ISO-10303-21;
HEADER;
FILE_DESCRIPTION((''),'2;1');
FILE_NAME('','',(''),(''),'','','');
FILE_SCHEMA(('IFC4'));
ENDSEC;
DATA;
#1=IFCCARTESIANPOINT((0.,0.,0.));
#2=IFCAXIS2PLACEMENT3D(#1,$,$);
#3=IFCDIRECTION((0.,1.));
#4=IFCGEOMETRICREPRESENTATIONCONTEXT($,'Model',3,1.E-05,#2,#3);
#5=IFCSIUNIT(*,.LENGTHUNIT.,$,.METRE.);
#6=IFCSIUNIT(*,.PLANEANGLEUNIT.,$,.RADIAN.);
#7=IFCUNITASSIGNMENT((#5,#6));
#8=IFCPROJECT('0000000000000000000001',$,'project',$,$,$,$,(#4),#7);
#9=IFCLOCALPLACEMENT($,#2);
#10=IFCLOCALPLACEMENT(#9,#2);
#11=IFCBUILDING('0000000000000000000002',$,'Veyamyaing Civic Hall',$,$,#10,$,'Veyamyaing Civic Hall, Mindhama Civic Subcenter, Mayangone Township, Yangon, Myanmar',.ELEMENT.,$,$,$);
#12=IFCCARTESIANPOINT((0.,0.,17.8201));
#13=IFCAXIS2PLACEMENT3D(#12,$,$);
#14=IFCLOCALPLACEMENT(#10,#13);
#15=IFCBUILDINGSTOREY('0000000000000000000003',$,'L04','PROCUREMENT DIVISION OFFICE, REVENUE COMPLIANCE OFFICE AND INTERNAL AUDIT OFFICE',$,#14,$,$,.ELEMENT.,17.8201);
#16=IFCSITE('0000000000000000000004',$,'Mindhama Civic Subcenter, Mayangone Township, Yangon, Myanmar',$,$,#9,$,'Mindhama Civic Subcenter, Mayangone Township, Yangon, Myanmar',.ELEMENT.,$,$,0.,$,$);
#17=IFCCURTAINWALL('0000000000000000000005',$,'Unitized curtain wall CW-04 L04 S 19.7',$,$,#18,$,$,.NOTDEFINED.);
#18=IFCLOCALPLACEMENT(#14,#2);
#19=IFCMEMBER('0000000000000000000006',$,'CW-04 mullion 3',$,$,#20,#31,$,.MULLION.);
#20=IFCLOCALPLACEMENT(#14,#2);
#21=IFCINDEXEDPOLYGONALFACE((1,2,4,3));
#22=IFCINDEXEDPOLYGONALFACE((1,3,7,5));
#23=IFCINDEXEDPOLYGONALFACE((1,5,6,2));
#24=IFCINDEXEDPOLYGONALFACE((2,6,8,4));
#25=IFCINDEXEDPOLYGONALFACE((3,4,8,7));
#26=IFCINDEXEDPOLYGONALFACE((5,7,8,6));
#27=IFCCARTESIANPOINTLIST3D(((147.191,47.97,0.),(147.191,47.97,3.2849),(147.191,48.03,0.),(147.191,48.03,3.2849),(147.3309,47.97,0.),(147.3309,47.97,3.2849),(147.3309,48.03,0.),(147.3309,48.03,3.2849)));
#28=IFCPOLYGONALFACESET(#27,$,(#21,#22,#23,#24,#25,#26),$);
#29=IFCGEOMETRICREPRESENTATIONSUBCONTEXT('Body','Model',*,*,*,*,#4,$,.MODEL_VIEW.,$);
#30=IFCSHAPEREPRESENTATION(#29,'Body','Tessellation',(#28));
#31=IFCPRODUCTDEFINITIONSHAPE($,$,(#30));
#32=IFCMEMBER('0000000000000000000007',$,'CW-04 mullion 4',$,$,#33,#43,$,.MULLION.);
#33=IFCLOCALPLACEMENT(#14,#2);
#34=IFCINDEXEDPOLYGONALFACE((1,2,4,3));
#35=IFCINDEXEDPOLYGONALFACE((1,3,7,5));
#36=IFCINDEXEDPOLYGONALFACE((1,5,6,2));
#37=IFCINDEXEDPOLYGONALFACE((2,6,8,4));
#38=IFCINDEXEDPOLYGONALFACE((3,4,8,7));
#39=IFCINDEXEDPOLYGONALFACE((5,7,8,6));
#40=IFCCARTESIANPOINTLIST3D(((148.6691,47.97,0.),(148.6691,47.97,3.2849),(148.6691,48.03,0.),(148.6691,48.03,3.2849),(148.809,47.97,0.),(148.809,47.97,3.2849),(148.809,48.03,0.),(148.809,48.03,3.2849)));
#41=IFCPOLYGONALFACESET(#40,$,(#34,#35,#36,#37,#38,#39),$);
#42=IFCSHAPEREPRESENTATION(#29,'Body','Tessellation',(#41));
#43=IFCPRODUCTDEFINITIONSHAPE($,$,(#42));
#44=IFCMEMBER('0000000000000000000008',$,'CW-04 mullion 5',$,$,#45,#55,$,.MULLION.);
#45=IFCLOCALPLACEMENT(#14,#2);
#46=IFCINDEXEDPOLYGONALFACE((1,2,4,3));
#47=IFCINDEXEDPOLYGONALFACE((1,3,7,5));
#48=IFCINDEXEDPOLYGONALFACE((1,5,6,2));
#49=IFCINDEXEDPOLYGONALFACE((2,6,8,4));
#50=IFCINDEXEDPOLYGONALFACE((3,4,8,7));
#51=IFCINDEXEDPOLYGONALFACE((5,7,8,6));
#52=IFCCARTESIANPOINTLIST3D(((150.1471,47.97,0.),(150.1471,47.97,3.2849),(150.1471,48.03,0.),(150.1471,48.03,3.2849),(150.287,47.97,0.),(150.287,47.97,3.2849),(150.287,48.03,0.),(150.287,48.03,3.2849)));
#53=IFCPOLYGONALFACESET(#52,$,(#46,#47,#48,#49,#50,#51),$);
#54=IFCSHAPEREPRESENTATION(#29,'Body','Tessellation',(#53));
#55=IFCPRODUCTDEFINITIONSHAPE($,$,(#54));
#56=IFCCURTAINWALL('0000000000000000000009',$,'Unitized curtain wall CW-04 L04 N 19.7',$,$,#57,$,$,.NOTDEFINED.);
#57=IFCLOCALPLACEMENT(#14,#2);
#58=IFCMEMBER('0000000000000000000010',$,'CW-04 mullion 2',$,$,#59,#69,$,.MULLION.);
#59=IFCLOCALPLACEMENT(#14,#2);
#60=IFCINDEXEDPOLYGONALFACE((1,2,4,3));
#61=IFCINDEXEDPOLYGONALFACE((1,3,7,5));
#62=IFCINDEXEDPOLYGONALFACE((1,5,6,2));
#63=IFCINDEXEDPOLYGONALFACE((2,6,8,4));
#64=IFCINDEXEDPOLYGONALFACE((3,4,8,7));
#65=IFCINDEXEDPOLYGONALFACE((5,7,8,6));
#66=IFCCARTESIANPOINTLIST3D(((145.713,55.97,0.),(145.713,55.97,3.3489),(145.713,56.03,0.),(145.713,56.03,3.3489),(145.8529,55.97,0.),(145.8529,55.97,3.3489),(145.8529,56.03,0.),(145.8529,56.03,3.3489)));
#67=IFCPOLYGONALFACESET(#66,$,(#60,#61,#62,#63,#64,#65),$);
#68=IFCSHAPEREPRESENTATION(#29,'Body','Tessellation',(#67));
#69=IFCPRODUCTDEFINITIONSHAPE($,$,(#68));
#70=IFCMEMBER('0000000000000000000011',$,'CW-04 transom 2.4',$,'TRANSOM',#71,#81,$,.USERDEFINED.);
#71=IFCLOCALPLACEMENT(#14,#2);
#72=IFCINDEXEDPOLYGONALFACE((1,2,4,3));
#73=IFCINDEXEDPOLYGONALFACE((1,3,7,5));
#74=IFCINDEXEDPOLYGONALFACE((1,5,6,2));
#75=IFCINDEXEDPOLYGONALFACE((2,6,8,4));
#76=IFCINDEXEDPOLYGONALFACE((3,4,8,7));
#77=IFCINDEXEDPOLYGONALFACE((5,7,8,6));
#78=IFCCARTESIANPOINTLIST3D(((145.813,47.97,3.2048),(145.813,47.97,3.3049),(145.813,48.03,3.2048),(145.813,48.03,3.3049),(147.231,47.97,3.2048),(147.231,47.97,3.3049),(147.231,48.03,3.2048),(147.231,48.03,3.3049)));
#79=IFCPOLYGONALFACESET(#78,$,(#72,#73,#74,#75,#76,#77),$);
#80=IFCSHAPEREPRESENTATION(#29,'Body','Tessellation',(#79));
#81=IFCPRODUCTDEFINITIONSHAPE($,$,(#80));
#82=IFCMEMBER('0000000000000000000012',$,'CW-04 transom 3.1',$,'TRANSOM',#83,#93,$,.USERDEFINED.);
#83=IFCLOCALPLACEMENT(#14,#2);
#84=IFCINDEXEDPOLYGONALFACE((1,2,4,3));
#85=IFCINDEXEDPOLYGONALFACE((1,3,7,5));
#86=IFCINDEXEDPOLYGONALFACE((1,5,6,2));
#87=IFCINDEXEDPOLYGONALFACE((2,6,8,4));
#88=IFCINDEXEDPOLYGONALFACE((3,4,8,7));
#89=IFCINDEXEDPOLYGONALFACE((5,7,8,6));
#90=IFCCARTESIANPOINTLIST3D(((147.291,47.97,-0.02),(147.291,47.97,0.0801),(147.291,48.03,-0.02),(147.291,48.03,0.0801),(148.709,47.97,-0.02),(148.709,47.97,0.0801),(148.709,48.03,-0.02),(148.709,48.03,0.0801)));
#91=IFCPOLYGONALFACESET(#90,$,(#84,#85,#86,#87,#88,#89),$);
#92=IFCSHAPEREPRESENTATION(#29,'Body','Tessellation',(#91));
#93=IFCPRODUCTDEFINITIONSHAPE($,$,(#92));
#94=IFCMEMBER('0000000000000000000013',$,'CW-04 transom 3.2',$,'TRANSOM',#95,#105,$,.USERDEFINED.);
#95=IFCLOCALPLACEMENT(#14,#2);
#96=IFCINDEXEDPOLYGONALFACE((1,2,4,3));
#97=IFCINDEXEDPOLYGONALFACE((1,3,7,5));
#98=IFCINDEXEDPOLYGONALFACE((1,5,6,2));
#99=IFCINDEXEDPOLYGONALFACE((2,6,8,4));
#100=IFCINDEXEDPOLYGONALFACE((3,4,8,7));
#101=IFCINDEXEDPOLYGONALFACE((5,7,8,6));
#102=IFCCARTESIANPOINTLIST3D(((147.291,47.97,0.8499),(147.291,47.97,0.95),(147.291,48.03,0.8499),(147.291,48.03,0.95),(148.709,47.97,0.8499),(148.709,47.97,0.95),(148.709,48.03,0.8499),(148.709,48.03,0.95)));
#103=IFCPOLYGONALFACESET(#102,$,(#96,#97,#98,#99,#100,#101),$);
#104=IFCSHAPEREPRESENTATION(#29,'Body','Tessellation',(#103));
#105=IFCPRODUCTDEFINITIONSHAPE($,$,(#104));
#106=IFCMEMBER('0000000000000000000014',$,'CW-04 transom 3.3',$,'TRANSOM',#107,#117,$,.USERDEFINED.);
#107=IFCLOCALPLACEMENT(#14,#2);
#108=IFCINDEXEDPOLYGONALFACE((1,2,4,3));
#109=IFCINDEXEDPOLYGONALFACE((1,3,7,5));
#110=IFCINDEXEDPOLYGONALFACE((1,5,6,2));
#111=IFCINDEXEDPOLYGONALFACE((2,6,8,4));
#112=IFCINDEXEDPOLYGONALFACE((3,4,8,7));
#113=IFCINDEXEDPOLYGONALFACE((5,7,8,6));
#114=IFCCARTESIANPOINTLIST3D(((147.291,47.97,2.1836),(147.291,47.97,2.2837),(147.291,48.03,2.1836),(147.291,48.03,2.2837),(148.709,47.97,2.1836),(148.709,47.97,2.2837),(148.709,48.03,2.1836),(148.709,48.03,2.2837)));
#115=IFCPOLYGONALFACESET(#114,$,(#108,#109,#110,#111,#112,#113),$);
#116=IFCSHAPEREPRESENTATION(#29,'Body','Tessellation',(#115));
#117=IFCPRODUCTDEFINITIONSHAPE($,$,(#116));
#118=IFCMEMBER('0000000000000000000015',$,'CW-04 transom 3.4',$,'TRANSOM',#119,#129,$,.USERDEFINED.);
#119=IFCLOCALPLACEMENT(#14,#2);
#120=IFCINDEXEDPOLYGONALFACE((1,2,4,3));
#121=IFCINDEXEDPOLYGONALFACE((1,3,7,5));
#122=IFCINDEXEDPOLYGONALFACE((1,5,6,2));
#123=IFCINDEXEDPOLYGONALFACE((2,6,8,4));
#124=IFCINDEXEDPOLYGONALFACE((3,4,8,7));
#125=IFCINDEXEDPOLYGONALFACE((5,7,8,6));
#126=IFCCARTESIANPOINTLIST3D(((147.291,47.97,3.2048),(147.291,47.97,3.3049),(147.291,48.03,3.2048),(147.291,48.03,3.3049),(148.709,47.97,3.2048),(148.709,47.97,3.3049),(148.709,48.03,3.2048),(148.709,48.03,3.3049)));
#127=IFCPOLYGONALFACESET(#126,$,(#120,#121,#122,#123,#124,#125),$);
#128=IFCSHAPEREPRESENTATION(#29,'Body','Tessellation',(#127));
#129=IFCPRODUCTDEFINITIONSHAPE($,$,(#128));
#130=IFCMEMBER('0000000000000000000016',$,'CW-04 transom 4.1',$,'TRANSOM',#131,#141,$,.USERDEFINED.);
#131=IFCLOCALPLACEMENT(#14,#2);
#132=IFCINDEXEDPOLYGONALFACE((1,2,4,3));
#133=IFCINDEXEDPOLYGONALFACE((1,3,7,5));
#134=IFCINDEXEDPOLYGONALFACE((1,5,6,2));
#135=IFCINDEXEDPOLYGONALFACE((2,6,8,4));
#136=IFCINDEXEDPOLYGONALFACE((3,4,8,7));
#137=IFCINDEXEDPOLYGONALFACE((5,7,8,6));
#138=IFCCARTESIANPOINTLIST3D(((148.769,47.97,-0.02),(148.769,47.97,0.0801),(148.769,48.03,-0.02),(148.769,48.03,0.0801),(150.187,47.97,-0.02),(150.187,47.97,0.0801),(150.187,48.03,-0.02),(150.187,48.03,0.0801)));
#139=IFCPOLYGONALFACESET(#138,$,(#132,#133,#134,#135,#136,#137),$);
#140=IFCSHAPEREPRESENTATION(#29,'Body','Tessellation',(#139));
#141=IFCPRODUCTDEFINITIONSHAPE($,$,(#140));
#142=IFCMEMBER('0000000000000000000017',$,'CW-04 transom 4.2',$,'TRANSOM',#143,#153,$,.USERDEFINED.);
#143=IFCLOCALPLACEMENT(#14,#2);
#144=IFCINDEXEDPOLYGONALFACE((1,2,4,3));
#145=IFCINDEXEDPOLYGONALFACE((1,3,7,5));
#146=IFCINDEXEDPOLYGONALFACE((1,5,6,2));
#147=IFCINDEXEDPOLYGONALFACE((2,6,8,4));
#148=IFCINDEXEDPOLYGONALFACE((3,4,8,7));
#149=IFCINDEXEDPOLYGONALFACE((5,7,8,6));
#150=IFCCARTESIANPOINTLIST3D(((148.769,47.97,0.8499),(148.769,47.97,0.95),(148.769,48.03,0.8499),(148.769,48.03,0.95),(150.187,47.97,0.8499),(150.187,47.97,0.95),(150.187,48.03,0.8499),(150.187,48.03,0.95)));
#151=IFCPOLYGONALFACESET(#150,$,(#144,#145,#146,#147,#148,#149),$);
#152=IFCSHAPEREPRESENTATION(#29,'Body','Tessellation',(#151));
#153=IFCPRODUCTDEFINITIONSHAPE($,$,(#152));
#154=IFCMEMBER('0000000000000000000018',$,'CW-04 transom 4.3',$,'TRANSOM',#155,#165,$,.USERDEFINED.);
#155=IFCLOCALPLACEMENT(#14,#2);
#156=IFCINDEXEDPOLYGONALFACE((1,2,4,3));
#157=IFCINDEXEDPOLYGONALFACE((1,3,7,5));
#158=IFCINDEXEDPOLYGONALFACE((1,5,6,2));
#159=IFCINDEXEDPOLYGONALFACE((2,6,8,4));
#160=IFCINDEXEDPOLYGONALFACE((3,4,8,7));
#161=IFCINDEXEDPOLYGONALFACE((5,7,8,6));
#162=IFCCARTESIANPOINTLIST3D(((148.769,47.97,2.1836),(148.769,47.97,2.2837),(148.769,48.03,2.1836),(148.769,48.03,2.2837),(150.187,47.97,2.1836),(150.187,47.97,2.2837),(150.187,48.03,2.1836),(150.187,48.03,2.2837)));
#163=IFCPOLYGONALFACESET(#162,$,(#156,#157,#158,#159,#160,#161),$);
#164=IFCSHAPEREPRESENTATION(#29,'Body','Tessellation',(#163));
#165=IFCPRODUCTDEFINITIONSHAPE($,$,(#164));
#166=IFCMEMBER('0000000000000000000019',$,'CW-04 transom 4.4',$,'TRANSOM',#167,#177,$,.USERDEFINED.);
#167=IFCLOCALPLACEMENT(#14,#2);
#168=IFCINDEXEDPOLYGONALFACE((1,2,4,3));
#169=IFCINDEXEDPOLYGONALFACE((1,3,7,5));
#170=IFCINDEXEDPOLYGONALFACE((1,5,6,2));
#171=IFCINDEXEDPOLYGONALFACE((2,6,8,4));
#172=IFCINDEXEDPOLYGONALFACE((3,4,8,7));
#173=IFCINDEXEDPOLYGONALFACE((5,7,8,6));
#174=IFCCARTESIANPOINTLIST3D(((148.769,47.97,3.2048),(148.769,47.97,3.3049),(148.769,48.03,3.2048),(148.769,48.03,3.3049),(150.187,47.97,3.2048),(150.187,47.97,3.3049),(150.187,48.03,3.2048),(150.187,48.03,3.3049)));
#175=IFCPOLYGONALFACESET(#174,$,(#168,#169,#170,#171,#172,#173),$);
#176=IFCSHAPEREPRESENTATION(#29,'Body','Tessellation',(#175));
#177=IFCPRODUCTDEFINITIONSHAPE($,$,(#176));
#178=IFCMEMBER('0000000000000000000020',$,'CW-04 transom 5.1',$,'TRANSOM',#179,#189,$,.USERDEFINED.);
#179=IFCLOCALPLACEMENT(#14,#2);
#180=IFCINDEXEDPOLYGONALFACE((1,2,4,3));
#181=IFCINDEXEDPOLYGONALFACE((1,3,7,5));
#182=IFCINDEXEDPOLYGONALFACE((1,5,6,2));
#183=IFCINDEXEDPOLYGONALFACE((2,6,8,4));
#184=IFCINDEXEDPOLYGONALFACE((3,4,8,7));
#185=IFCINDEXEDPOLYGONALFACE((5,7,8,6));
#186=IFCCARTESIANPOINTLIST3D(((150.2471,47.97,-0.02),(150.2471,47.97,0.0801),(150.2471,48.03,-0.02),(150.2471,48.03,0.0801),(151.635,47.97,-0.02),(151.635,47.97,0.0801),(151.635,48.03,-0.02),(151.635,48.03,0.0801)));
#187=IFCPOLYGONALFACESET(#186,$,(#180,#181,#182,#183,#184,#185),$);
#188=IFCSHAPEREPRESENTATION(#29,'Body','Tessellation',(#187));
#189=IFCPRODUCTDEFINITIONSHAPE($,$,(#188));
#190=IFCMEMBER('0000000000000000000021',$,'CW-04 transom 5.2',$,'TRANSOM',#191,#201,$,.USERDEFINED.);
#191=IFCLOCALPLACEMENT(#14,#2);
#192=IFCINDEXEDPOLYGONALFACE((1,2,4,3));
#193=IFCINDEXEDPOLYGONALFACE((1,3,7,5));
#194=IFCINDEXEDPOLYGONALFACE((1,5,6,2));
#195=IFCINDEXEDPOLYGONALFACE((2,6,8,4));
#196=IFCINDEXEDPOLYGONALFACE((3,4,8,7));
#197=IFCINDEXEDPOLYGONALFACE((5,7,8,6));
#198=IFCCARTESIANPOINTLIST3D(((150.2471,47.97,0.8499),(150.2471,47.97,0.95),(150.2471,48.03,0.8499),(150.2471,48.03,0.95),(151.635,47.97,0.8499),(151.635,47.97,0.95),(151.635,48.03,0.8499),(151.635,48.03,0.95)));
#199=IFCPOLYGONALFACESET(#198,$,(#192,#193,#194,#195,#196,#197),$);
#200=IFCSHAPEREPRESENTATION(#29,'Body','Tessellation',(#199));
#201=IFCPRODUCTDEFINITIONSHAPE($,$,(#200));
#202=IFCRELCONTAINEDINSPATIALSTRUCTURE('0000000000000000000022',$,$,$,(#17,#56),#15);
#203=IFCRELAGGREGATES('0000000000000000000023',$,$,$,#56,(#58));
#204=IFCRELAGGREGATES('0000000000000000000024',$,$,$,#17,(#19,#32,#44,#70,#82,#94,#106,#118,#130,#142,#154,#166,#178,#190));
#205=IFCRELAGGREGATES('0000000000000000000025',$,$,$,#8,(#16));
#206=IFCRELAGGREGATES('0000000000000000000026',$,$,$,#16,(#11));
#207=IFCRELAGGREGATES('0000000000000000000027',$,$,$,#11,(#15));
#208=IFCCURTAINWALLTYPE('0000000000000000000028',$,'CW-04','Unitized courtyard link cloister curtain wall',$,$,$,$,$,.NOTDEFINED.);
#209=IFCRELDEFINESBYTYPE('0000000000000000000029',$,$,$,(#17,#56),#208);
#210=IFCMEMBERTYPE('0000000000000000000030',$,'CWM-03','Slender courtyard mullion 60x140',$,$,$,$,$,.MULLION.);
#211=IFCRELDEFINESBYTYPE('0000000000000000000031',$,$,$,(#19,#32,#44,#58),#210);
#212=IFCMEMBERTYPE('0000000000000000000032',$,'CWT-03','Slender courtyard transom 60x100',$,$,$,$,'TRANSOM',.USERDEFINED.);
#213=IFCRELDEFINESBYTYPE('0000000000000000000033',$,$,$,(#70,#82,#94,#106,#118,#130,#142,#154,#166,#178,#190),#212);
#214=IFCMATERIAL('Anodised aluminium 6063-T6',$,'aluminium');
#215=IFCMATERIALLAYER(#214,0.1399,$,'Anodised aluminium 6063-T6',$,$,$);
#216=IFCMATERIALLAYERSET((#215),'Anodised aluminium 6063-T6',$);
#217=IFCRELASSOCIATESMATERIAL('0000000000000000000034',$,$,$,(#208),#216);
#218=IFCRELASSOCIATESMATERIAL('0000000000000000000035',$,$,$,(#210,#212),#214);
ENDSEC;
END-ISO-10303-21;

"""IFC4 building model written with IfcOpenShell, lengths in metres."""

from ifc_helpers import new_model, si_unit, direction, frame, origin, origin_2d, place, context, subcontext, project, spatial, rectangle, extrude, material, layer, layer_set, material_profile, profile_set, type_object, element, aggregate, save


model = new_model("IFC4")

# Units and contexts
model_context = context("Model", 3, precision=1e-05, world=origin(), true_north=direction((0.0, 1.0)))
body_context = subcontext(model_context, "Body", "Model", "MODEL_VIEW")
ifc_project = project(units=[si_unit("LENGTHUNIT", "METRE"), si_unit("PLANEANGLEUNIT", "RADIAN")], contexts=[model_context])

# Site, building, storey
site_placement = place(None, origin())
site = spatial("IfcSite", under=ifc_project, at=site_placement, Name="Mindhama Civic Subcenter, Mayangone Township, Yangon, Myanmar", LongName="Mindhama Civic Subcenter, Mayangone Township, Yangon, Myanmar", CompositionType="ELEMENT", RefElevation=0.0)
building_placement = place(site_placement, origin())
building = spatial("IfcBuilding", under=site, at=building_placement, Name="Veyamyaing Civic Hall", LongName="Veyamyaing Civic Hall, Mindhama Civic Subcenter, Mayangone Township, Yangon, Myanmar", CompositionType="ELEMENT")
storey_placement = place(building_placement, frame((0.0, 0.0, 17.8201)))
storey = spatial("IfcBuildingStorey", under=building, at=storey_placement, Name="L04", Description="PROCUREMENT DIVISION OFFICE, REVENUE COMPLIANCE OFFICE AND INTERNAL AUDIT OFFICE", CompositionType="ELEMENT", Elevation=17.8201)

# Curtain wall, members
ifc_material_1 = material(Name="Anodised aluminium 6063-T6", Category="aluminium")
ifc_layer_1 = layer(ifc_material_1, 0.1399, Name="Anodised aluminium 6063-T6")
ifc_layer_set_1 = layer_set([ifc_layer_1], Name="Anodised aluminium 6063-T6")
curtain_wall_type = type_object("IfcCurtainWallType", Name="CW-04", Description="Unitized courtyard link cloister curtain wall", PredefinedType="NOTDEFINED", material=ifc_layer_set_1)
curtain_wall_1_placement = place(storey_placement, origin())
curtain_wall_1 = element("IfcCurtainWall", 1, at=curtain_wall_1_placement, inside=storey, type_object=curtain_wall_type, Name="Unitized curtain wall CW-04 L04 S 19.7", PredefinedType="NOTDEFINED")
ifc_material_profile_1 = material_profile(ifc_material_1, rectangle(XDim=0.0601, YDim=0.1399, at=origin_2d()), Name="ALU-MUL-60X140")
ifc_profile_set_1 = profile_set([ifc_material_profile_1], Name="Anodised aluminium 6063-T6")
member_type_1 = type_object("IfcMemberType", Name="CWM-03", Description="Slender courtyard mullion 60x140", PredefinedType="MULLION", material=ifc_profile_set_1)
member_1_placement = place(storey_placement, frame((147.261, 48.0, 0.0), z_axis=(0.0, 0.0, 1.0), x_axis=(0.0, 1.0, 0.0)))
member_1 = element("IfcMember", 2, at=member_1_placement, type_object=member_type_1, Name="CW-04 mullion 3", PredefinedType="MULLION", context=body_context, shape_type="SweptSolid", body=[
    extrude(rectangle(XDim=0.0601, YDim=0.1399, at=origin_2d()), origin(), (0.0, 0.0, 1.0), 3.2849),
])
member_2_placement = place(storey_placement, frame((148.739, 48.0, 0.0), z_axis=(0.0, 0.0, 1.0), x_axis=(0.0, 1.0, 0.0)))
member_2 = element("IfcMember", 3, at=member_2_placement, type_object=member_type_1, Name="CW-04 mullion 4", PredefinedType="MULLION", context=body_context, shape_type="SweptSolid", body=[
    extrude(rectangle(XDim=0.0601, YDim=0.1399, at=origin_2d()), origin(), (0.0, 0.0, 1.0), 3.2849),
])
member_3_placement = place(storey_placement, frame((150.217, 48.0, 0.0), z_axis=(0.0, 0.0, 1.0), x_axis=(0.0, 1.0, 0.0)))
member_3 = element("IfcMember", 4, at=member_3_placement, type_object=member_type_1, Name="CW-04 mullion 5", PredefinedType="MULLION", context=body_context, shape_type="SweptSolid", body=[
    extrude(rectangle(XDim=0.0601, YDim=0.1399, at=origin_2d()), origin(), (0.0, 0.0, 1.0), 3.2849),
])

# Curtain wall, member
curtain_wall_2_placement = place(storey_placement, origin())
curtain_wall_2 = element("IfcCurtainWall", 5, at=curtain_wall_2_placement, inside=storey, type_object=curtain_wall_type, Name="Unitized curtain wall CW-04 L04 N 19.7", PredefinedType="NOTDEFINED")
member_4_placement = place(storey_placement, frame((145.783, 56.0, 0.0), z_axis=(0.0, 0.0, 1.0), x_axis=(0.0, 1.0, 0.0)))
member_4 = element("IfcMember", 6, at=member_4_placement, type_object=member_type_1, Name="CW-04 mullion 2", PredefinedType="MULLION", context=body_context, shape_type="SweptSolid", body=[
    extrude(rectangle(XDim=0.0601, YDim=0.1399, at=origin_2d()), origin(), (0.0, 0.0, 1.0), 3.3489),
])
aggregate(curtain_wall_2, [member_4])

# Members
ifc_material_profile_2 = material_profile(ifc_material_1, rectangle(XDim=0.0601, YDim=0.1001, at=origin_2d()), Name="ALU-TRN-60X100")
ifc_profile_set_2 = profile_set([ifc_material_profile_2], Name="Anodised aluminium 6063-T6")
member_type_2 = type_object("IfcMemberType", Name="CWT-03", Description="Slender courtyard transom 60x100", ElementType="TRANSOM", PredefinedType="USERDEFINED", material=ifc_profile_set_2)
member_5_placement = place(storey_placement, frame((145.813, 48.0, 3.2549), z_axis=(1.0, 0.0, 0.0), x_axis=(0.0, 1.0, 0.0)))
member_5 = element("IfcMember", 7, at=member_5_placement, type_object=member_type_2, Name="CW-04 transom 2.4", ObjectType="TRANSOM", PredefinedType="USERDEFINED", context=body_context, shape_type="SweptSolid", body=[
    extrude(rectangle(XDim=0.0601, YDim=0.1001, at=origin_2d()), origin(), (0.0, 0.0, 1.0), 1.418),
])
member_6_placement = place(storey_placement, frame((147.291, 48.0, 0.03), z_axis=(1.0, 0.0, 0.0), x_axis=(0.0, 1.0, 0.0)))
member_6 = element("IfcMember", 8, at=member_6_placement, type_object=member_type_2, Name="CW-04 transom 3.1", ObjectType="TRANSOM", PredefinedType="USERDEFINED", context=body_context, shape_type="SweptSolid", body=[
    extrude(rectangle(XDim=0.0601, YDim=0.1001, at=origin_2d()), origin(), (0.0, 0.0, 1.0), 1.418),
])
member_7_placement = place(storey_placement, frame((147.291, 48.0, 0.8999), z_axis=(1.0, 0.0, 0.0), x_axis=(0.0, 1.0, 0.0)))
member_7 = element("IfcMember", 9, at=member_7_placement, type_object=member_type_2, Name="CW-04 transom 3.2", ObjectType="TRANSOM", PredefinedType="USERDEFINED", context=body_context, shape_type="SweptSolid", body=[
    extrude(rectangle(XDim=0.0601, YDim=0.1001, at=origin_2d()), origin(), (0.0, 0.0, 1.0), 1.418),
])
member_8_placement = place(storey_placement, frame((147.291, 48.0, 2.2336), z_axis=(1.0, 0.0, 0.0), x_axis=(0.0, 1.0, 0.0)))
member_8 = element("IfcMember", 10, at=member_8_placement, type_object=member_type_2, Name="CW-04 transom 3.3", ObjectType="TRANSOM", PredefinedType="USERDEFINED", context=body_context, shape_type="SweptSolid", body=[
    extrude(rectangle(XDim=0.0601, YDim=0.1001, at=origin_2d()), origin(), (0.0, 0.0, 1.0), 1.418),
])
member_9_placement = place(storey_placement, frame((147.291, 48.0, 3.2549), z_axis=(1.0, 0.0, 0.0), x_axis=(0.0, 1.0, 0.0)))
member_9 = element("IfcMember", 11, at=member_9_placement, type_object=member_type_2, Name="CW-04 transom 3.4", ObjectType="TRANSOM", PredefinedType="USERDEFINED", context=body_context, shape_type="SweptSolid", body=[
    extrude(rectangle(XDim=0.0601, YDim=0.1001, at=origin_2d()), origin(), (0.0, 0.0, 1.0), 1.418),
])
member_10_placement = place(storey_placement, frame((148.769, 48.0, 0.03), z_axis=(1.0, 0.0, 0.0), x_axis=(0.0, 1.0, 0.0)))
member_10 = element("IfcMember", 12, at=member_10_placement, type_object=member_type_2, Name="CW-04 transom 4.1", ObjectType="TRANSOM", PredefinedType="USERDEFINED", context=body_context, shape_type="SweptSolid", body=[
    extrude(rectangle(XDim=0.0601, YDim=0.1001, at=origin_2d()), origin(), (0.0, 0.0, 1.0), 1.418),
])
member_11_placement = place(storey_placement, frame((148.769, 48.0, 0.8999), z_axis=(1.0, 0.0, 0.0), x_axis=(0.0, 1.0, 0.0)))
member_11 = element("IfcMember", 13, at=member_11_placement, type_object=member_type_2, Name="CW-04 transom 4.2", ObjectType="TRANSOM", PredefinedType="USERDEFINED", context=body_context, shape_type="SweptSolid", body=[
    extrude(rectangle(XDim=0.0601, YDim=0.1001, at=origin_2d()), origin(), (0.0, 0.0, 1.0), 1.418),
])
member_12_placement = place(storey_placement, frame((148.769, 48.0, 2.2336), z_axis=(1.0, 0.0, 0.0), x_axis=(0.0, 1.0, 0.0)))
member_12 = element("IfcMember", 14, at=member_12_placement, type_object=member_type_2, Name="CW-04 transom 4.3", ObjectType="TRANSOM", PredefinedType="USERDEFINED", context=body_context, shape_type="SweptSolid", body=[
    extrude(rectangle(XDim=0.0601, YDim=0.1001, at=origin_2d()), origin(), (0.0, 0.0, 1.0), 1.418),
])
member_13_placement = place(storey_placement, frame((148.769, 48.0, 3.2549), z_axis=(1.0, 0.0, 0.0), x_axis=(0.0, 1.0, 0.0)))
member_13 = element("IfcMember", 15, at=member_13_placement, type_object=member_type_2, Name="CW-04 transom 4.4", ObjectType="TRANSOM", PredefinedType="USERDEFINED", context=body_context, shape_type="SweptSolid", body=[
    extrude(rectangle(XDim=0.0601, YDim=0.1001, at=origin_2d()), origin(), (0.0, 0.0, 1.0), 1.418),
])
member_14_placement = place(storey_placement, frame((150.2471, 48.0, 0.03), z_axis=(1.0, 0.0, 0.0), x_axis=(0.0, 1.0, 0.0)))
member_14 = element("IfcMember", 16, at=member_14_placement, type_object=member_type_2, Name="CW-04 transom 5.1", ObjectType="TRANSOM", PredefinedType="USERDEFINED", context=body_context, shape_type="SweptSolid", body=[
    extrude(rectangle(XDim=0.0601, YDim=0.1001, at=origin_2d()), origin(), (0.0, 0.0, 1.0), 1.3879),
])
member_15_placement = place(storey_placement, frame((150.2471, 48.0, 0.8999), z_axis=(1.0, 0.0, 0.0), x_axis=(0.0, 1.0, 0.0)))
member_15 = element("IfcMember", 17, at=member_15_placement, type_object=member_type_2, Name="CW-04 transom 5.2", ObjectType="TRANSOM", PredefinedType="USERDEFINED", context=body_context, shape_type="SweptSolid", body=[
    extrude(rectangle(XDim=0.0601, YDim=0.1001, at=origin_2d()), origin(), (0.0, 0.0, 1.0), 1.3879),
])

aggregate(curtain_wall_1, [member_1, member_2, member_3, member_5, member_6, member_7, member_8, member_9, member_10, member_11, member_12, member_13, member_14, member_15])

save(model, "model.ifc")
